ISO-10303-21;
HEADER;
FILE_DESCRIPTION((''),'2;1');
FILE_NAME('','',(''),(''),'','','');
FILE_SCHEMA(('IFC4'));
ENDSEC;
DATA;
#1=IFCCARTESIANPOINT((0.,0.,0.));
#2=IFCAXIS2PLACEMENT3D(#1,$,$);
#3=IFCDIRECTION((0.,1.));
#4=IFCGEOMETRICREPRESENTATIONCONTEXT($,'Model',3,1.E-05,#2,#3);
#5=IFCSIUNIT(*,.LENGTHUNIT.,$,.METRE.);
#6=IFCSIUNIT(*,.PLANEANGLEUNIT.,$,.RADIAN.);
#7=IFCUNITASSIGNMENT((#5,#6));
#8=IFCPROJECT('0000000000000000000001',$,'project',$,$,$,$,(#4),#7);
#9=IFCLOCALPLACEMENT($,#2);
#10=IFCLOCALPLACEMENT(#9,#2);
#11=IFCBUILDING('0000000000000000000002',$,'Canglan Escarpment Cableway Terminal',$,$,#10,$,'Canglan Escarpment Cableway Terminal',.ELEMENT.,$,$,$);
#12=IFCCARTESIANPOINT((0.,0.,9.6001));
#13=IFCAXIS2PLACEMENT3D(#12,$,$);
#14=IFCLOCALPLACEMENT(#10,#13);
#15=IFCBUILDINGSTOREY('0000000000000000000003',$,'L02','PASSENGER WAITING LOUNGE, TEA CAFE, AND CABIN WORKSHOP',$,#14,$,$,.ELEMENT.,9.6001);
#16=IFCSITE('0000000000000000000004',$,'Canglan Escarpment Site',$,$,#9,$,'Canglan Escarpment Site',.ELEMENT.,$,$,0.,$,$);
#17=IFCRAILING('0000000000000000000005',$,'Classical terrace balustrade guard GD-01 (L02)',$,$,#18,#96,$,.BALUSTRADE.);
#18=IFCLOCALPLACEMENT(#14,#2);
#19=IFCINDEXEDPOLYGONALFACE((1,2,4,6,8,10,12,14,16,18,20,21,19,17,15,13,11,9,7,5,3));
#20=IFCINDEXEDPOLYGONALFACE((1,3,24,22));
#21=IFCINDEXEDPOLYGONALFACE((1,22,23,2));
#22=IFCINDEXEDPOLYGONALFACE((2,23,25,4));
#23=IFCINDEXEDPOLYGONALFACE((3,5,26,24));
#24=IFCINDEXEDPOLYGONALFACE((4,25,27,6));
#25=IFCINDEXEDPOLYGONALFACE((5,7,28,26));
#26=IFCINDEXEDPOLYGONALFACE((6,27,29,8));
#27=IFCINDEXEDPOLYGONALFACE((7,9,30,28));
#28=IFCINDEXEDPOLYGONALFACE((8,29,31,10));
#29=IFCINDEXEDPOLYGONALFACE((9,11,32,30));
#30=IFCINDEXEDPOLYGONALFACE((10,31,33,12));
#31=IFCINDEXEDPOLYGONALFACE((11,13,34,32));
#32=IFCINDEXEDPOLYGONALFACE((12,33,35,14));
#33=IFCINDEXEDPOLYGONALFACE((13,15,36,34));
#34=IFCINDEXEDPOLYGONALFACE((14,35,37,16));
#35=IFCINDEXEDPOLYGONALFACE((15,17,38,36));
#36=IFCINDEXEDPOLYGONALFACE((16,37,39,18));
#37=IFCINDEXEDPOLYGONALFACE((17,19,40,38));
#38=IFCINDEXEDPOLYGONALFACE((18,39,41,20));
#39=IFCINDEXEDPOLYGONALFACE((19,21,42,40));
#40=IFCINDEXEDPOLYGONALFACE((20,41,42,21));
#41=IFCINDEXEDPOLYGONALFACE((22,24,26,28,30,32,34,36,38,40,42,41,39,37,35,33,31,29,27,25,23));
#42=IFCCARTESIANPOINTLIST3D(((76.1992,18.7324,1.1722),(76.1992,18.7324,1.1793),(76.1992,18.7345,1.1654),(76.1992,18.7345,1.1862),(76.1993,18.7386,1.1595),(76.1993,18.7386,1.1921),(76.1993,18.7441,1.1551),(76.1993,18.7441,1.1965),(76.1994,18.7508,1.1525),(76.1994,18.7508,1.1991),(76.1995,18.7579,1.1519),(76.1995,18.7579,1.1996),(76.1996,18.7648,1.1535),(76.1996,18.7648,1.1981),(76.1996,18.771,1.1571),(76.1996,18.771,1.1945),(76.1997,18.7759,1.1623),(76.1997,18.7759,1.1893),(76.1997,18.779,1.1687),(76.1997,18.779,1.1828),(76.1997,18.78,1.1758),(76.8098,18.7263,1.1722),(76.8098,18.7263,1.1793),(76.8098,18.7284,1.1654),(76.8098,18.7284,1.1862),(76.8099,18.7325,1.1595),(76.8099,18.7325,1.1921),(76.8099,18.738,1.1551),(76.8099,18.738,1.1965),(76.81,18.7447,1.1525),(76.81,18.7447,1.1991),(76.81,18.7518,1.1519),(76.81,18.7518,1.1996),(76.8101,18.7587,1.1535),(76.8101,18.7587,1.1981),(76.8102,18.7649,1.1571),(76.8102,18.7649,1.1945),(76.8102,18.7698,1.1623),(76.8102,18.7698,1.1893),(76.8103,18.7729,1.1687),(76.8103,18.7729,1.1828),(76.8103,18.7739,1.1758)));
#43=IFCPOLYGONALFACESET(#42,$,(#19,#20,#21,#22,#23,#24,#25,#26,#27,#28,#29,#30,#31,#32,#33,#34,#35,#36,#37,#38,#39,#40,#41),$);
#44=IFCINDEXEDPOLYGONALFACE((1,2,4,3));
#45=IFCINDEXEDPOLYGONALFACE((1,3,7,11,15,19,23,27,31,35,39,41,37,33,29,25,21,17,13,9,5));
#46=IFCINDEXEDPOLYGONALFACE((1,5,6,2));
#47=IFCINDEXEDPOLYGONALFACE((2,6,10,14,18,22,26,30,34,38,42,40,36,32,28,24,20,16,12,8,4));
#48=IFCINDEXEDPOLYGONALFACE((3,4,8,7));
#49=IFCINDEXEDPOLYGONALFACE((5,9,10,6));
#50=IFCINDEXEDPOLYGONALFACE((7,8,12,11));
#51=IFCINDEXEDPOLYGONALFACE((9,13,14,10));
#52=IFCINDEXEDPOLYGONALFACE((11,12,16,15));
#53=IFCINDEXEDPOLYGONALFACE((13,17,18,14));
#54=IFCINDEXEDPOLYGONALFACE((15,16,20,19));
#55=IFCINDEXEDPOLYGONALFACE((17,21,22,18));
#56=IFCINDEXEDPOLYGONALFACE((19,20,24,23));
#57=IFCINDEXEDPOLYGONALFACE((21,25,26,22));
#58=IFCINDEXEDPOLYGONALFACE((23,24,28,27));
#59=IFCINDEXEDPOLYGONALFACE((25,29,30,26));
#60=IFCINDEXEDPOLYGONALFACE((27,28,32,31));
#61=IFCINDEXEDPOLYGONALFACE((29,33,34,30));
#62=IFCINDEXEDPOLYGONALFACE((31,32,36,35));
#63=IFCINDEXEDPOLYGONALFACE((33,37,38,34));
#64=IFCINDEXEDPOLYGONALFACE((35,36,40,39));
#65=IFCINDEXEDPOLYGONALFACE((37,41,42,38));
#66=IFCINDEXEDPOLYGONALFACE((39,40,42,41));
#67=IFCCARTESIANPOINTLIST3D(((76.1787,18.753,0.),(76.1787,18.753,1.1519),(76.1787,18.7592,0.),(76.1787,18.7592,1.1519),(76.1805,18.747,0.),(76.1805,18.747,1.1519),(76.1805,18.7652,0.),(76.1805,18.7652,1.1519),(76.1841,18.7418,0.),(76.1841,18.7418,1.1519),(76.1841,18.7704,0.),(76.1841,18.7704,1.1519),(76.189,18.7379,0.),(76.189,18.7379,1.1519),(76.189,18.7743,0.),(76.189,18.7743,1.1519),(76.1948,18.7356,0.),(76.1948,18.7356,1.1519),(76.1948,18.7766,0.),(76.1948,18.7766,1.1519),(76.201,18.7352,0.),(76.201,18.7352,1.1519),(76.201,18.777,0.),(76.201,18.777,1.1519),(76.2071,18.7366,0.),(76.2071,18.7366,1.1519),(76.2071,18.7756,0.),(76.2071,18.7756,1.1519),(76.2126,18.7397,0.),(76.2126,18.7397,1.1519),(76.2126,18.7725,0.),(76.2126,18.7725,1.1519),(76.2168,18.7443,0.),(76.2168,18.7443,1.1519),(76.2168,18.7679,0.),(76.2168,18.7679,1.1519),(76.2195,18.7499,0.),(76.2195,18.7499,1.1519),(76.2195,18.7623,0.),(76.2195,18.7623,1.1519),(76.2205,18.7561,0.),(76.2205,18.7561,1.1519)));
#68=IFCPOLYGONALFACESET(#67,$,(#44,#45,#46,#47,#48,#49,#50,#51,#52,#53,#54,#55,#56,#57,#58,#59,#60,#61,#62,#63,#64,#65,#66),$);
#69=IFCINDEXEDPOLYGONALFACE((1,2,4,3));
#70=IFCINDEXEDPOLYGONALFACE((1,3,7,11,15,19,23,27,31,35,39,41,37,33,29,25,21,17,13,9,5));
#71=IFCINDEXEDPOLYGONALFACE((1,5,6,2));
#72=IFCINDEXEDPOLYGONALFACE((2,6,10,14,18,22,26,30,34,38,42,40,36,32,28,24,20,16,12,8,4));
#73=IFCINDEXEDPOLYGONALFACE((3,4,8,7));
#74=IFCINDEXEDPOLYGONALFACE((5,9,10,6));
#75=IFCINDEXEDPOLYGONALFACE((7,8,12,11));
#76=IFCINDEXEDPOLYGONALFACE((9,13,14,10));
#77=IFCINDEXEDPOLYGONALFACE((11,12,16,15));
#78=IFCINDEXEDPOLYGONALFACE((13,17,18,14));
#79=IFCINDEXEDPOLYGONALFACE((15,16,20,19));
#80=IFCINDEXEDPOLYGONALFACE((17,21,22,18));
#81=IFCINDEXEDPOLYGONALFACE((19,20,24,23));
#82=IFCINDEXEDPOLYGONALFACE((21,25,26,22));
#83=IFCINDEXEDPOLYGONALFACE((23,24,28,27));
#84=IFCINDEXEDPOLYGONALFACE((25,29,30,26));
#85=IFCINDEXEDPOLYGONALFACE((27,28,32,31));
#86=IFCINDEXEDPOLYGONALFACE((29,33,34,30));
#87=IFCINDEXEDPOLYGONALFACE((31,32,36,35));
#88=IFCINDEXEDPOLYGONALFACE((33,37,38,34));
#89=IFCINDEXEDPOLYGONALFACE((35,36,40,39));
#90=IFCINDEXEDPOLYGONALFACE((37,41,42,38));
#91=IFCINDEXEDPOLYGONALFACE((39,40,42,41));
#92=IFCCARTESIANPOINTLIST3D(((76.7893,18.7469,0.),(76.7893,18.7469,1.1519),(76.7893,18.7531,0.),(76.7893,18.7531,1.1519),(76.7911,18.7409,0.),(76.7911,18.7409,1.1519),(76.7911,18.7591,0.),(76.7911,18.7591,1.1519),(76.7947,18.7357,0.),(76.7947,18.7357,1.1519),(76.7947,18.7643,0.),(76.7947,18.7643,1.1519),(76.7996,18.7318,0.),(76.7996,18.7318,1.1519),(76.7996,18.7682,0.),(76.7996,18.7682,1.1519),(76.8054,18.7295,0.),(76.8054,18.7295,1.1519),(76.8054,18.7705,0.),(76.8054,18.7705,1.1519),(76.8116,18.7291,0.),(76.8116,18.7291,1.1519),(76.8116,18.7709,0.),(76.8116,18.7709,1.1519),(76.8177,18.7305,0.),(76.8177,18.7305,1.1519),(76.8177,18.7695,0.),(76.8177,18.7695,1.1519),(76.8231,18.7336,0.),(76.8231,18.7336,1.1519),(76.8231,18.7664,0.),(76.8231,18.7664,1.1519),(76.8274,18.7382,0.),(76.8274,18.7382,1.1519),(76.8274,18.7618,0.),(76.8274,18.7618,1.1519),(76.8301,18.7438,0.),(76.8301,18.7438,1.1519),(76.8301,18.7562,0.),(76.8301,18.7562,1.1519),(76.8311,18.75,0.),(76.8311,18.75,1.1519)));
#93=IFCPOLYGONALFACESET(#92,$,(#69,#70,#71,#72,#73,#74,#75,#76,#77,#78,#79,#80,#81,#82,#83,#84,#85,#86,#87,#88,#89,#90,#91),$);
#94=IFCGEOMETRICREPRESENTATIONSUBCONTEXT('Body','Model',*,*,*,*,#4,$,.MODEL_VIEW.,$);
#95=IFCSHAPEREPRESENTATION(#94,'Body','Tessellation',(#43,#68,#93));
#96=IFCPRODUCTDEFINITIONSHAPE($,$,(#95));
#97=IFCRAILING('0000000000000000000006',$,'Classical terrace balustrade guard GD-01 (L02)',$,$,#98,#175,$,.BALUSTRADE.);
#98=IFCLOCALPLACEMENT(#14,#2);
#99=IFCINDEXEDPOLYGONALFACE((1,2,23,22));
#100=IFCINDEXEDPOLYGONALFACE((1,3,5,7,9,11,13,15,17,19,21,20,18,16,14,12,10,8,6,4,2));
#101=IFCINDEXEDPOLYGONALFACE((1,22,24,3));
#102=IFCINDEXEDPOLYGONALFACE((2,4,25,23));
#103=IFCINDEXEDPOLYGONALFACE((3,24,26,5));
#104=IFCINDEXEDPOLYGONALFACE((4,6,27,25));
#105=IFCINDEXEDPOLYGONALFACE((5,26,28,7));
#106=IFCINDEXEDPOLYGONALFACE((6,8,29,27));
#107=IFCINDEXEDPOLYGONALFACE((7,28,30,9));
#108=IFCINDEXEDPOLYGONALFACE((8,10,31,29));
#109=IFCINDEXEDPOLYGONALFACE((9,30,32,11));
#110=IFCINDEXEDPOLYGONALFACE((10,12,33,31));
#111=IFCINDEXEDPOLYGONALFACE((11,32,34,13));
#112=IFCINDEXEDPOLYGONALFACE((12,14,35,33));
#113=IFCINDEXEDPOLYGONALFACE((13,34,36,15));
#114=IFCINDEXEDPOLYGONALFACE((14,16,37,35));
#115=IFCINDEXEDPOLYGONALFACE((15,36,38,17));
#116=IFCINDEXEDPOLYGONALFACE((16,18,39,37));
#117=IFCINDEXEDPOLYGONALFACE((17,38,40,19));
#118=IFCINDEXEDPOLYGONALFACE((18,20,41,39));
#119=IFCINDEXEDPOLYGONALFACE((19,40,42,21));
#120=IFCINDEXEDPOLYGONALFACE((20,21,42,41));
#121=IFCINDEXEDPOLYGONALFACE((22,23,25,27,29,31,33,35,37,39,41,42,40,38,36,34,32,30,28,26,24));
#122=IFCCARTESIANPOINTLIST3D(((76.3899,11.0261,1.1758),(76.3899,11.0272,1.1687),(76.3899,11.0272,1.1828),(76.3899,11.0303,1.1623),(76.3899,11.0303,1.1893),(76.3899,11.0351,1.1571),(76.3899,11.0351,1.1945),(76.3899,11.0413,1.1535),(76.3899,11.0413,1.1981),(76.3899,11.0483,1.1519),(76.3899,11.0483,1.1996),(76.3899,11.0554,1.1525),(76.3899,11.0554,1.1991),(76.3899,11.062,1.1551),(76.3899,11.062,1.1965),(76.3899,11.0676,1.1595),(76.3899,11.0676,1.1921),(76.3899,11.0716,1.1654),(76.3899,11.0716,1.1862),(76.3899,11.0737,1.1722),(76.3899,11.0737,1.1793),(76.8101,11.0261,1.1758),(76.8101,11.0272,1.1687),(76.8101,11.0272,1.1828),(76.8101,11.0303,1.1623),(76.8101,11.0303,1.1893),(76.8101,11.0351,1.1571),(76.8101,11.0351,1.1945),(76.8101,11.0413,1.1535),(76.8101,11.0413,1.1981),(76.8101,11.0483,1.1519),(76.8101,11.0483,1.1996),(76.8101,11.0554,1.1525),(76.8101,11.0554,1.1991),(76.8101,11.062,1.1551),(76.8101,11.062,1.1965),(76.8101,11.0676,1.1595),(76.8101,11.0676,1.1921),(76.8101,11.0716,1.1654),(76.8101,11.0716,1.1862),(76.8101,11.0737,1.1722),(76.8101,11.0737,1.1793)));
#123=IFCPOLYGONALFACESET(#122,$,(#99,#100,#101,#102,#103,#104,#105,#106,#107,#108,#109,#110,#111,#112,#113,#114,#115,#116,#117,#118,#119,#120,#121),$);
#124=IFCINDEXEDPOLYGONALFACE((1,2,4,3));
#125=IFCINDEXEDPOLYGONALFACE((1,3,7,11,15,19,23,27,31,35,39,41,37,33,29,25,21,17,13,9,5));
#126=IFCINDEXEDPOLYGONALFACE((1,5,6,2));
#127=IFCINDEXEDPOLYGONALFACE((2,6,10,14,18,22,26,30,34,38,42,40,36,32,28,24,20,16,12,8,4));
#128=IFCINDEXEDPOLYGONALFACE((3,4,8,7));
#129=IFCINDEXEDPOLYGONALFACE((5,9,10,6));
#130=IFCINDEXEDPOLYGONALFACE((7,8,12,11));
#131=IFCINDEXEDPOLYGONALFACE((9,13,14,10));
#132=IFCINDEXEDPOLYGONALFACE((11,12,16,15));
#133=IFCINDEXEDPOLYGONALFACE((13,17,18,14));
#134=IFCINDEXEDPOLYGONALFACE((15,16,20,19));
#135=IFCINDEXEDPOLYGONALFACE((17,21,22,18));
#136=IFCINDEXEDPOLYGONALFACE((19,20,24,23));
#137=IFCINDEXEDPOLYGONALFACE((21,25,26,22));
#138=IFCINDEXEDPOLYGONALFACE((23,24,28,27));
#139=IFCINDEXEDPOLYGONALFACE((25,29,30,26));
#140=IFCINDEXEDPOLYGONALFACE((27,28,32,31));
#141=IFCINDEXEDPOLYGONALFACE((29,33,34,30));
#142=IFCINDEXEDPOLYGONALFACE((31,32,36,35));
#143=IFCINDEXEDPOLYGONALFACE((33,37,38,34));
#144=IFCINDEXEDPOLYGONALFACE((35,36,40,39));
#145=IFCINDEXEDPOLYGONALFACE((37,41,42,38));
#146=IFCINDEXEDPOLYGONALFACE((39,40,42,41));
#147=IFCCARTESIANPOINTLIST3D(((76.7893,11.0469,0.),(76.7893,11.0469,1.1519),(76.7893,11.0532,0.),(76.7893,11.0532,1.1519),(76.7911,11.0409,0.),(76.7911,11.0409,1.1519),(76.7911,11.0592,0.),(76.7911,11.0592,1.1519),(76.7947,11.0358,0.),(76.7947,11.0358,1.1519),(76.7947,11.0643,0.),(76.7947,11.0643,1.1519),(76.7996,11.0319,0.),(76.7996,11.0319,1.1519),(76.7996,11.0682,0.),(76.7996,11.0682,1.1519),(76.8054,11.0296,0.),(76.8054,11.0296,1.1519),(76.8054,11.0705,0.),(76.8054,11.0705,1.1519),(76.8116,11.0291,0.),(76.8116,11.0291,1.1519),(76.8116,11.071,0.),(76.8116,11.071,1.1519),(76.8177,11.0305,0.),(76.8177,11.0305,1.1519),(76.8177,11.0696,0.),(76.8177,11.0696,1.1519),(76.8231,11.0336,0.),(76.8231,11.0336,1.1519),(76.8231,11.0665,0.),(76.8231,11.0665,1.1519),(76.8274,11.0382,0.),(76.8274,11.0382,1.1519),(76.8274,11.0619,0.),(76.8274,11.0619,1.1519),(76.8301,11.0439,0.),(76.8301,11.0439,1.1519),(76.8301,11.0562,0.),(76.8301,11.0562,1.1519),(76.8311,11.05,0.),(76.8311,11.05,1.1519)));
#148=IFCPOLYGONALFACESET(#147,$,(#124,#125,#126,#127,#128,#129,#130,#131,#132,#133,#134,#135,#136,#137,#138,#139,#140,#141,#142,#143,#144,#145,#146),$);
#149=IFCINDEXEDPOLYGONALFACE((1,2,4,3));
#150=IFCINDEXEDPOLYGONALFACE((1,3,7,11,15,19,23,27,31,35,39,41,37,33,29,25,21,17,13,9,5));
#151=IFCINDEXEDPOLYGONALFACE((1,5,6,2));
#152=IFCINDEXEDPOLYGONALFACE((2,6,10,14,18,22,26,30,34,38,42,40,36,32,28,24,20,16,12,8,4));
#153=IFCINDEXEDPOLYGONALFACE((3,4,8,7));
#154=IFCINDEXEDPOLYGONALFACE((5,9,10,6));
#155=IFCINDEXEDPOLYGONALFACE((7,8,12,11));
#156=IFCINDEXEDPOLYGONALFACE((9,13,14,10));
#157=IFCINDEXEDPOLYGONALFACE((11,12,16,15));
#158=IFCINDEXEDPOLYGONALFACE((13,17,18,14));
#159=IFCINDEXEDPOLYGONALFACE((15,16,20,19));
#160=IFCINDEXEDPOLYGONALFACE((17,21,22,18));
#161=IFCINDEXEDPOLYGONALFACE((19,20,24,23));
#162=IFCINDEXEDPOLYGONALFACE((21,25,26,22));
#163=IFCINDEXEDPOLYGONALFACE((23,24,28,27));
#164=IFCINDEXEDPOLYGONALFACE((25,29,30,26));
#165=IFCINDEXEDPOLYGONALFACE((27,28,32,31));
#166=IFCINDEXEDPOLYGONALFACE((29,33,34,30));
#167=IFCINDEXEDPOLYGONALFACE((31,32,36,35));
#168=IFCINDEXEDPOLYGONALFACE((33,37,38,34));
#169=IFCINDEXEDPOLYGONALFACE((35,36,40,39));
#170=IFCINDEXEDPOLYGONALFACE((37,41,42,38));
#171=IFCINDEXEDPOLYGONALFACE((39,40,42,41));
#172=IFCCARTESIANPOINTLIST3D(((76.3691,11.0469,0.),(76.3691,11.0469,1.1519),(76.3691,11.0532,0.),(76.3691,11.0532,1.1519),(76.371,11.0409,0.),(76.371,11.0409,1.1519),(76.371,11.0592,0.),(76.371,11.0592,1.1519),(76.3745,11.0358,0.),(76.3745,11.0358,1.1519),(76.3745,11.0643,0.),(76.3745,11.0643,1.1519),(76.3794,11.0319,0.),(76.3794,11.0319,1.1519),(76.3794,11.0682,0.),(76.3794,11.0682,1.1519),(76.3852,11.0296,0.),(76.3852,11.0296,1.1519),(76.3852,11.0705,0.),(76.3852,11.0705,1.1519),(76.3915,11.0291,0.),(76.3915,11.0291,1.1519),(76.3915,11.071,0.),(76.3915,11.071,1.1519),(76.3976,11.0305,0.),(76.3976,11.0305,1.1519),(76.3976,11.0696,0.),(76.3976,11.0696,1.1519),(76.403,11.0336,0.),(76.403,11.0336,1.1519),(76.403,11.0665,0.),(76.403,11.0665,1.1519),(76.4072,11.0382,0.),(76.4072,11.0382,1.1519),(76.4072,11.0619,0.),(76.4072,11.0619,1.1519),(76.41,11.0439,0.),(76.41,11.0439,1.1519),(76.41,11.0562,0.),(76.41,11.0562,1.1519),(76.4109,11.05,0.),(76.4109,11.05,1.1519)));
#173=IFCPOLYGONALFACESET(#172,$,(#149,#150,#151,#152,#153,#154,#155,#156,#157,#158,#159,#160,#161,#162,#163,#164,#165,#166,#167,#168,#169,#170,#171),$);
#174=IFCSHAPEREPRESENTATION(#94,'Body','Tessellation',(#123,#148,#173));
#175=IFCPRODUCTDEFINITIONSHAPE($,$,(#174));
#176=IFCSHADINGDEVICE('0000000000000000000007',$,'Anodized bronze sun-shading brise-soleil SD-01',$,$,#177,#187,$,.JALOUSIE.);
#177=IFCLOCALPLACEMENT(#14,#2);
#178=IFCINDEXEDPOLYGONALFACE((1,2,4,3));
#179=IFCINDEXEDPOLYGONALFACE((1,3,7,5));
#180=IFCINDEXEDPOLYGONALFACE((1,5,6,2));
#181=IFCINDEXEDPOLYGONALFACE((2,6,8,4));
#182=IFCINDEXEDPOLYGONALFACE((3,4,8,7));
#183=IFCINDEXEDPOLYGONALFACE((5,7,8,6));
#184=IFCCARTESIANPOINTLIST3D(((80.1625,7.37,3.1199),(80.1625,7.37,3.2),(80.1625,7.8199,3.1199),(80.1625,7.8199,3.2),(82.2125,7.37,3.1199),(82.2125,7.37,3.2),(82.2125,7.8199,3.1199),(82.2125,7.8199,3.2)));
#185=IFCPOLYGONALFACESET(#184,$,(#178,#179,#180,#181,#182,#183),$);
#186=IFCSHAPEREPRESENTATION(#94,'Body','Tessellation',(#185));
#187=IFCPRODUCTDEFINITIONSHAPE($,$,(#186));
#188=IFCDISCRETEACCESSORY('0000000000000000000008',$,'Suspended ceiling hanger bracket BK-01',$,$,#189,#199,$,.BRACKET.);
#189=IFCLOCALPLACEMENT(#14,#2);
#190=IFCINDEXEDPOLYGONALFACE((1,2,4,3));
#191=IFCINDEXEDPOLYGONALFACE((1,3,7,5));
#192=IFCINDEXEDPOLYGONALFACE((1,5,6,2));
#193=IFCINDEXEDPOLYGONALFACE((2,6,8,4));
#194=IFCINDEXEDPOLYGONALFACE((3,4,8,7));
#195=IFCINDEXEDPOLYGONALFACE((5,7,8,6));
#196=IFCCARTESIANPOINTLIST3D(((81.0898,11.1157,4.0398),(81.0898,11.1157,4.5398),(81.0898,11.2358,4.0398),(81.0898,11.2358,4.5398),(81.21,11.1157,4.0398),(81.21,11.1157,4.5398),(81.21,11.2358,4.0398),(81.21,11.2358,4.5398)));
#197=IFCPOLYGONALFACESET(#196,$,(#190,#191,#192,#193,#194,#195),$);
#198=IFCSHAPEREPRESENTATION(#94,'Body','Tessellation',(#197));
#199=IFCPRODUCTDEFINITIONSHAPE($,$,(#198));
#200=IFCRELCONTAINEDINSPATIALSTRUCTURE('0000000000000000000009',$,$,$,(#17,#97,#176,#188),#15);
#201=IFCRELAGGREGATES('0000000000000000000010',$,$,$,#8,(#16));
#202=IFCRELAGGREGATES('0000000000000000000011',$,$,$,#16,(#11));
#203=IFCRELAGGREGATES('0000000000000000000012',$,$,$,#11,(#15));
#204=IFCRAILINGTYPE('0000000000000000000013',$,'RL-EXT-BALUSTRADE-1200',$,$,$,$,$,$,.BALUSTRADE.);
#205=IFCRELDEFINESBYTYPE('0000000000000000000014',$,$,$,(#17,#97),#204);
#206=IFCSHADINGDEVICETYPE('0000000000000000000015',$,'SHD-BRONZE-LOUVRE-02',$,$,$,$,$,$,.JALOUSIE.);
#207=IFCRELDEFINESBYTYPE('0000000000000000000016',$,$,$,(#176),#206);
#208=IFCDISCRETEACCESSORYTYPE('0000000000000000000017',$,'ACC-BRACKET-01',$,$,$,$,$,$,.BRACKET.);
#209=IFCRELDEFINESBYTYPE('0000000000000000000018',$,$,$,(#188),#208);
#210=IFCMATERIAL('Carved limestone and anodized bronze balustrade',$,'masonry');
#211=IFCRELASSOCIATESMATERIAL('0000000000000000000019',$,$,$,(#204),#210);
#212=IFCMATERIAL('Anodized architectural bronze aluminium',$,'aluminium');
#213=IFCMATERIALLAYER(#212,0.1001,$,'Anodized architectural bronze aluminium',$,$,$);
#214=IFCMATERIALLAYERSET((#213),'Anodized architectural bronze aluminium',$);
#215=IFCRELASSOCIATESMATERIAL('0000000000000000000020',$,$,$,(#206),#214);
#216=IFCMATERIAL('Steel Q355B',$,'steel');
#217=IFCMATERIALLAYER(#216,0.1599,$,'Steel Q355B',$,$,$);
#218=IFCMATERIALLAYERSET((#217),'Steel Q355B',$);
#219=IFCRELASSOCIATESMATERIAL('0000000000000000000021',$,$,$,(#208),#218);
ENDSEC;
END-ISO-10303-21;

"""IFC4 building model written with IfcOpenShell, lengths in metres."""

from ifc_helpers import new_model, si_unit, direction, frame, origin, origin_2d, place, context, subcontext, project, spatial, rectangle, circle, extrude, material, layer, layer_set, type_object, element, save


model = new_model("IFC4")

# Units and contexts
model_context = context("Model", 3, precision=1e-05, world=origin(), true_north=direction((0.0, 1.0)))
body_context = subcontext(model_context, "Body", "Model", "MODEL_VIEW")
ifc_project = project(units=[si_unit("LENGTHUNIT", "METRE"), si_unit("PLANEANGLEUNIT", "RADIAN")], contexts=[model_context])

# Site, building, storey
site_placement = place(None, origin())
site = spatial("IfcSite", under=ifc_project, at=site_placement, Name="Canglan Escarpment Site", LongName="Canglan Escarpment Site", CompositionType="ELEMENT", RefElevation=0.0)
building_placement = place(site_placement, origin())
building = spatial("IfcBuilding", under=site, at=building_placement, Name="Canglan Escarpment Cableway Terminal", LongName="Canglan Escarpment Cableway Terminal", CompositionType="ELEMENT")
storey_placement = place(building_placement, frame((0.0, 0.0, 9.6001)))
storey = spatial("IfcBuildingStorey", under=building, at=storey_placement, Name="L02", Description="PASSENGER WAITING LOUNGE, TEA CAFE, AND CABIN WORKSHOP", CompositionType="ELEMENT", Elevation=9.6001)

# Shared definitions
ifc_material_1 = material(Name="Steel Q355B", Category="steel")

# Railings
ifc_material_2 = material(Name="Carved limestone and anodized bronze balustrade", Category="masonry")
railing_type = type_object("IfcRailingType", Name="RL-EXT-BALUSTRADE-1200", PredefinedType="BALUSTRADE", material=ifc_material_2)
railing_1_placement = place(storey_placement, frame((76.1995, 18.7561, 0.0)))
element("IfcRailing", 1, at=railing_1_placement, inside=storey, type_object=railing_type, Name="Classical terrace balustrade guard GD-01 (L02)", PredefinedType="BALUSTRADE", context=body_context, shape_type="SweptSolid", body=[
    extrude(circle(Radius=0.0239, at=origin_2d()), frame((0.0, 0.0, 1.1758), z_axis=(0.99995, -0.009996, 0.0), x_axis=(0.009996, 0.99995, 0.0)), (0.0, 0.0, 1.0), 0.6106),
    extrude(circle(Radius=0.021, at=origin_2d()), origin(), (0.0, 0.0, 1.0), 1.1519),
    extrude(circle(Radius=0.021, at=origin_2d()), frame((0.6106, -0.0061, 0.0)), (0.0, 0.0, 1.0), 1.1519),
])
railing_2_placement = place(storey_placement, frame((76.8101, 11.05, 0.0)))
element("IfcRailing", 2, at=railing_2_placement, inside=storey, type_object=railing_type, Name="Classical terrace balustrade guard GD-01 (L02)", PredefinedType="BALUSTRADE", context=body_context, shape_type="SweptSolid", body=[
    extrude(circle(Radius=0.0239, at=origin_2d()), frame((0.0, 0.0, 1.1758), z_axis=(-1.0, 0.0, 0.0), x_axis=(0.0, -1.0, 0.0)), (0.0, 0.0, 1.0), 0.4202),
    extrude(circle(Radius=0.021, at=origin_2d()), origin(), (0.0, 0.0, 1.0), 1.1519),
    extrude(circle(Radius=0.021, at=origin_2d()), frame((-0.4202, 0.0, 0.0)), (0.0, 0.0, 1.0), 1.1519),
])

# Shading device
ifc_material_3 = material(Name="Anodized architectural bronze aluminium", Category="aluminium")
ifc_layer_1 = layer(ifc_material_3, 0.1001, Name="Anodized architectural bronze aluminium")
ifc_layer_set_1 = layer_set([ifc_layer_1], Name="Anodized architectural bronze aluminium")
shading_device_type = type_object("IfcShadingDeviceType", Name="SHD-BRONZE-LOUVRE-02", PredefinedType="JALOUSIE", material=ifc_layer_set_1)
shading_device_placement = place(storey_placement, frame((81.1875, 7.595, 3.1199), z_axis=(0.0, 0.0, 1.0), x_axis=(1.0, 0.0, 0.0)))
element("IfcShadingDevice", 3, at=shading_device_placement, inside=storey, type_object=shading_device_type, Name="Anodized bronze sun-shading brise-soleil SD-01", PredefinedType="JALOUSIE", context=body_context, shape_type="SweptSolid", body=[
    extrude(rectangle(XDim=2.05, YDim=0.45, at=origin_2d()), origin(), (0.0, 0.0, 1.0), 0.0801),
])

# Discrete accessory
ifc_layer_2 = layer(ifc_material_1, 0.1599, Name="Steel Q355B")
ifc_layer_set_2 = layer_set([ifc_layer_2], Name="Steel Q355B")
discrete_accessory_type_1 = type_object("IfcDiscreteAccessoryType", Name="ACC-BRACKET-01", PredefinedType="BRACKET", material=ifc_layer_set_2)
discrete_accessory_placement = place(storey_placement, frame((81.1499, 11.1758, 4.0398), z_axis=(0.0, 0.0, 1.0), x_axis=(1.0, 0.0, 0.0)))
element("IfcDiscreteAccessory", 4, at=discrete_accessory_placement, inside=storey, type_object=discrete_accessory_type_1, Name="Suspended ceiling hanger bracket BK-01", PredefinedType="BRACKET", context=body_context, shape_type="SweptSolid", body=[
    extrude(rectangle(XDim=0.1201, YDim=0.1201, at=origin_2d()), origin(), (0.0, 0.0, 1.0), 0.5),
])

save(model, "model.ifc")
